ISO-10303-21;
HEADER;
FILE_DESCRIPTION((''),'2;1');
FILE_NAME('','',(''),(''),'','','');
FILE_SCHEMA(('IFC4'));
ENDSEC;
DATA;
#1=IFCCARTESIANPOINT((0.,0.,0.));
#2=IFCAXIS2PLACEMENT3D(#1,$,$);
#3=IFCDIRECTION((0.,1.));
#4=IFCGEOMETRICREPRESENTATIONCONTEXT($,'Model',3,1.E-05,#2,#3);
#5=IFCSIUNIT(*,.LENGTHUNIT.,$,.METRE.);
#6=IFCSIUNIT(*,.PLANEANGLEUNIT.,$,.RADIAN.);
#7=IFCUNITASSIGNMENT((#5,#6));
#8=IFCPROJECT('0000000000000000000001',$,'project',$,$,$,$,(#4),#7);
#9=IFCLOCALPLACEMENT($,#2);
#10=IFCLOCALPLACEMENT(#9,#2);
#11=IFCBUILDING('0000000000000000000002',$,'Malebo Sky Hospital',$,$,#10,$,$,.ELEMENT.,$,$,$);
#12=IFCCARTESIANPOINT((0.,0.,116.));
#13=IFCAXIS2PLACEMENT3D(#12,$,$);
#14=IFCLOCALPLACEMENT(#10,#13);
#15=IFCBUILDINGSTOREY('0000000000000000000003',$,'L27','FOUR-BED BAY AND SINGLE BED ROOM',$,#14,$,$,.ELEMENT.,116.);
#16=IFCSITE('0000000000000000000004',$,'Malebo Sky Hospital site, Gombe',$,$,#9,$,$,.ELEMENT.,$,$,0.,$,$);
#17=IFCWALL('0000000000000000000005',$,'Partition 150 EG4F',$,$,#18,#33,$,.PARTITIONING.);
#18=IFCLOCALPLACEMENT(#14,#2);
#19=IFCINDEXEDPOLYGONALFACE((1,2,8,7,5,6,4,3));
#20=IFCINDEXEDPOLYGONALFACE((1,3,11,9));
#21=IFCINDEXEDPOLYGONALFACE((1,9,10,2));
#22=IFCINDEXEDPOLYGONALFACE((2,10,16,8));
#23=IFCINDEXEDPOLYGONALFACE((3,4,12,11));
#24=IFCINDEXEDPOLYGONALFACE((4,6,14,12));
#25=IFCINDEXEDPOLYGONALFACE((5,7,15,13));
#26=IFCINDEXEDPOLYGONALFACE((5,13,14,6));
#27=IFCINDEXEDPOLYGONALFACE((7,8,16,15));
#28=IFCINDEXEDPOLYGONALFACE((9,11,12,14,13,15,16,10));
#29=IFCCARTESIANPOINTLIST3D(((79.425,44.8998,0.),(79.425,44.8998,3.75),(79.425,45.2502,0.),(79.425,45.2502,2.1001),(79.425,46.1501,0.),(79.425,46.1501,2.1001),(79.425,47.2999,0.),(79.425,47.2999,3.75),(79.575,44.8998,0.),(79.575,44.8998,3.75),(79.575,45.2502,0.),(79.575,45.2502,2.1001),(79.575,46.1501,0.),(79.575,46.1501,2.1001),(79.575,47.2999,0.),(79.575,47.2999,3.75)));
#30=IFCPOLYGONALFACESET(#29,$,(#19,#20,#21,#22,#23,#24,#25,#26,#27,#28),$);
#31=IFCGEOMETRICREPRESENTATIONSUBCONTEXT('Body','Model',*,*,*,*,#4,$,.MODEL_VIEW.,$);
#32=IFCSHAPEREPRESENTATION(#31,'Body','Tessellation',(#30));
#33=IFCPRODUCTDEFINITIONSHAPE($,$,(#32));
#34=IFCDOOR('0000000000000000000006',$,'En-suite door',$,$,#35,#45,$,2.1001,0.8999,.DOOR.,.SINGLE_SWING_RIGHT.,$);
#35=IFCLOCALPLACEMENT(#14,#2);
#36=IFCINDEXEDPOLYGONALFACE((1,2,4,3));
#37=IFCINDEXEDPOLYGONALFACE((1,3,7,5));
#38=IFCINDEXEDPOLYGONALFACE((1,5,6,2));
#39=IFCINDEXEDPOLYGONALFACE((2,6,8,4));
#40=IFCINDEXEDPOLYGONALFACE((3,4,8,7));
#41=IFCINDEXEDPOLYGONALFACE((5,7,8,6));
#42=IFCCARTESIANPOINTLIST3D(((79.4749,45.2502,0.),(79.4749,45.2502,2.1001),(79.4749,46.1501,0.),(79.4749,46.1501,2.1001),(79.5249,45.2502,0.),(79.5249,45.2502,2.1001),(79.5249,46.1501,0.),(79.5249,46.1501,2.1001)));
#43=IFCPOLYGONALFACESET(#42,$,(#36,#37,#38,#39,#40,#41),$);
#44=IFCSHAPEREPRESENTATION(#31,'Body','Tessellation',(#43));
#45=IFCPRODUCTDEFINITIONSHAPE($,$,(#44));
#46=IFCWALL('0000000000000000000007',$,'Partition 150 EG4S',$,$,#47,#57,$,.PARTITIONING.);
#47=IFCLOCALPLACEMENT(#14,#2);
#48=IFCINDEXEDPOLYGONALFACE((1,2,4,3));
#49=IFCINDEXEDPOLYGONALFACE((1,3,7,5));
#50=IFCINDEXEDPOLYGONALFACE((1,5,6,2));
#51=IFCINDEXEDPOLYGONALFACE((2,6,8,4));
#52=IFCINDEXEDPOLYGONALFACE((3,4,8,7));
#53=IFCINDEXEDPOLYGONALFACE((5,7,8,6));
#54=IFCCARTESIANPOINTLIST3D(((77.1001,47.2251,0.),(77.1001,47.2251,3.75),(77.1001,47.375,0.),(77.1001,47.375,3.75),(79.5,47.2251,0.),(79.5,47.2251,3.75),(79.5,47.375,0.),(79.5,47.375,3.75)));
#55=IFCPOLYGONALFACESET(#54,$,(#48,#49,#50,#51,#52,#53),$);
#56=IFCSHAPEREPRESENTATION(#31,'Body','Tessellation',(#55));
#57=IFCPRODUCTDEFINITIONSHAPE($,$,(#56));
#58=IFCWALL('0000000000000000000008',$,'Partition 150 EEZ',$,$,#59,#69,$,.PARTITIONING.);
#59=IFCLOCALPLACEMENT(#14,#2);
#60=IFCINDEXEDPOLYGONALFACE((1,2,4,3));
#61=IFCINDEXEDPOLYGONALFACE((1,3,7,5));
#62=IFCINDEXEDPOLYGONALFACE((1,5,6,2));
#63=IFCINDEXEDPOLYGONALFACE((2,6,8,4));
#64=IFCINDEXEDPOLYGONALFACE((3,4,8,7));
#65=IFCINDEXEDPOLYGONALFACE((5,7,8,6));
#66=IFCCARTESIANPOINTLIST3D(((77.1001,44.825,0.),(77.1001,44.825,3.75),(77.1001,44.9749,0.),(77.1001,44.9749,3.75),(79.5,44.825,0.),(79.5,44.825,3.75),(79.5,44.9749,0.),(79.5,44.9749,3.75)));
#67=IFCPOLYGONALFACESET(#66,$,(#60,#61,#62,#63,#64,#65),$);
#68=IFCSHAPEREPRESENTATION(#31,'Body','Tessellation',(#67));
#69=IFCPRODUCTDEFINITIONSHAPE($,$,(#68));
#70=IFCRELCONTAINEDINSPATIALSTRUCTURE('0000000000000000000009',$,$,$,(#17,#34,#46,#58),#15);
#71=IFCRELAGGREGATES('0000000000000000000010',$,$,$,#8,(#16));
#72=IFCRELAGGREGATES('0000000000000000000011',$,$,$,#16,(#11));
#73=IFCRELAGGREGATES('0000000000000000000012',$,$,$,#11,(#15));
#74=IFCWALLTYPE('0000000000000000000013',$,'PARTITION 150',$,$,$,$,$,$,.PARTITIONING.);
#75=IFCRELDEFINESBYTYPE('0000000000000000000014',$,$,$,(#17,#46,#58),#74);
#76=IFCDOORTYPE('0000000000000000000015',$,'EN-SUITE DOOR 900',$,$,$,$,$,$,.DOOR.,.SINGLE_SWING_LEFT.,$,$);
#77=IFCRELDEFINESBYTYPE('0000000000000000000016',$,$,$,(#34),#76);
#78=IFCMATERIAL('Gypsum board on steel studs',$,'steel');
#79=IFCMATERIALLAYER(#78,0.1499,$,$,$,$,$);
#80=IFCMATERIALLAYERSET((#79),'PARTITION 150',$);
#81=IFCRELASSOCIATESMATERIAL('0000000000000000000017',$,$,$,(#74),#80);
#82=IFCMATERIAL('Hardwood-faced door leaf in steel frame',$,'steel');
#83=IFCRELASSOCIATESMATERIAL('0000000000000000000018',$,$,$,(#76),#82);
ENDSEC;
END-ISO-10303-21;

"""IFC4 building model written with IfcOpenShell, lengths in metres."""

from ifc_helpers import new_model, si_unit, direction, frame, frame_2d, origin, place, context, subcontext, project, spatial, rectangle, extrude, material, layer, layer_set, type_object, element, fill, save


model = new_model("IFC4")

# Units and contexts
model_context = context("Model", 3, precision=1e-05, world=origin(), true_north=direction((0.0, 1.0)))
body_context = subcontext(model_context, "Body", "Model", "MODEL_VIEW")
ifc_project = project(units=[si_unit("LENGTHUNIT", "METRE"), si_unit("PLANEANGLEUNIT", "RADIAN")], contexts=[model_context])

# Site, building, storey
site_placement = place(None, origin())
site = spatial("IfcSite", under=ifc_project, at=site_placement, Name="Malebo Sky Hospital site, Gombe", CompositionType="ELEMENT", RefElevation=0.0)
building_placement = place(site_placement, origin())
building = spatial("IfcBuilding", under=site, at=building_placement, Name="Malebo Sky Hospital", CompositionType="ELEMENT")
storey_placement = place(building_placement, frame((0.0, 0.0, 116.0)))
storey = spatial("IfcBuildingStorey", under=building, at=storey_placement, Name="L27", Description="FOUR-BED BAY AND SINGLE BED ROOM", CompositionType="ELEMENT", Elevation=116.0)

# Shared definitions
ifc_material_1 = material(Name="Gypsum board on steel studs", Category="steel")
ifc_material_2 = material(Name="Hardwood-faced door leaf in steel frame", Category="steel")

# Shared definitions
ifc_layer_1 = layer(ifc_material_1, 0.1499)
ifc_layer_set_1 = layer_set([ifc_layer_1], Name="PARTITION 150")
wall_type_1 = type_object("IfcWallType", Name="PARTITION 150", PredefinedType="PARTITIONING", material=ifc_layer_set_1)

# Wall, opening, door
wall_1_placement = place(storey_placement, frame((79.5, 47.3, 0.0), z_axis=(0.0, 0.0, 1.0), x_axis=(0.0, -1.0, 0.0)))
wall_1 = element("IfcWall", 1, at=wall_1_placement, inside=storey, type_object=wall_type_1, Name="Partition 150 EG4F", PredefinedType="PARTITIONING", context=body_context, shape_type="SweptSolid", body=[
    extrude(rectangle(XDim=2.4001, YDim=0.1499, at=frame_2d((1.2002, 0.0))), origin(), (0.0, 0.0, 1.0), 3.75),
])
opening_1_placement = place(wall_1_placement, frame((1.1499, 0.0, 0.0)))
opening_1 = element("IfcOpeningElement", 2, at=opening_1_placement, cuts=wall_1, PredefinedType="OPENING", context=body_context, shape_type="SweptSolid", body=[
    extrude(rectangle(XDim=0.8999, YDim=2.1001, at=frame_2d((0.45, 1.05))), frame((0.0, 0.085, 0.0), z_axis=(0.0, -1.0, 0.0), x_axis=(1.0, 0.0, 0.0)), (0.0, 0.0, 1.0), 0.1699),
])
door_type_1 = type_object("IfcDoorType", Name="EN-SUITE DOOR 900", OperationType="SINGLE_SWING_LEFT", PredefinedType="DOOR", material=ifc_material_2)
door_1_placement = place(opening_1_placement, origin())
door_1 = element("IfcDoor", 3, at=door_1_placement, inside=storey, type_object=door_type_1, Name="En-suite door", OperationType="SINGLE_SWING_RIGHT", OverallHeight=2.1001, OverallWidth=0.8999, PredefinedType="DOOR", context=body_context, shape_type="SweptSolid", body=[
    extrude(rectangle(XDim=0.8999, YDim=2.1001, at=frame_2d((0.45, 1.05))), frame((0.0, 0.0249, 0.0), z_axis=(0.0, -1.0, 0.0), x_axis=(1.0, 0.0, 0.0)), (0.0, 0.0, 1.0), 0.05),
])
fill(opening_1, door_1)

# Walls
for number, where, z_axis, x_axis, name in (
    (4, (77.1001, 47.3, 0.0), (0.0, 0.0, 1.0), (1.0, 0.0, 0.0), "Partition 150 EG4S"),
    (5, (77.1001, 44.8999, 0.0), (0.0, 0.0, 1.0), (1.0, 0.0, 0.0), "Partition 150 EEZ"),
):
    element("IfcWall", number, at=place(storey_placement, frame(where, z_axis=z_axis, x_axis=x_axis)), inside=storey, type_object=wall_type_1, Name=name, PredefinedType="PARTITIONING", context=body_context, shape_type="SweptSolid", body=[
        extrude(rectangle(XDim=2.3999, YDim=0.1499, at=frame_2d((1.2, 0.0))), origin(), (0.0, 0.0, 1.0), 3.75),
    ])

save(model, "model.ifc")
